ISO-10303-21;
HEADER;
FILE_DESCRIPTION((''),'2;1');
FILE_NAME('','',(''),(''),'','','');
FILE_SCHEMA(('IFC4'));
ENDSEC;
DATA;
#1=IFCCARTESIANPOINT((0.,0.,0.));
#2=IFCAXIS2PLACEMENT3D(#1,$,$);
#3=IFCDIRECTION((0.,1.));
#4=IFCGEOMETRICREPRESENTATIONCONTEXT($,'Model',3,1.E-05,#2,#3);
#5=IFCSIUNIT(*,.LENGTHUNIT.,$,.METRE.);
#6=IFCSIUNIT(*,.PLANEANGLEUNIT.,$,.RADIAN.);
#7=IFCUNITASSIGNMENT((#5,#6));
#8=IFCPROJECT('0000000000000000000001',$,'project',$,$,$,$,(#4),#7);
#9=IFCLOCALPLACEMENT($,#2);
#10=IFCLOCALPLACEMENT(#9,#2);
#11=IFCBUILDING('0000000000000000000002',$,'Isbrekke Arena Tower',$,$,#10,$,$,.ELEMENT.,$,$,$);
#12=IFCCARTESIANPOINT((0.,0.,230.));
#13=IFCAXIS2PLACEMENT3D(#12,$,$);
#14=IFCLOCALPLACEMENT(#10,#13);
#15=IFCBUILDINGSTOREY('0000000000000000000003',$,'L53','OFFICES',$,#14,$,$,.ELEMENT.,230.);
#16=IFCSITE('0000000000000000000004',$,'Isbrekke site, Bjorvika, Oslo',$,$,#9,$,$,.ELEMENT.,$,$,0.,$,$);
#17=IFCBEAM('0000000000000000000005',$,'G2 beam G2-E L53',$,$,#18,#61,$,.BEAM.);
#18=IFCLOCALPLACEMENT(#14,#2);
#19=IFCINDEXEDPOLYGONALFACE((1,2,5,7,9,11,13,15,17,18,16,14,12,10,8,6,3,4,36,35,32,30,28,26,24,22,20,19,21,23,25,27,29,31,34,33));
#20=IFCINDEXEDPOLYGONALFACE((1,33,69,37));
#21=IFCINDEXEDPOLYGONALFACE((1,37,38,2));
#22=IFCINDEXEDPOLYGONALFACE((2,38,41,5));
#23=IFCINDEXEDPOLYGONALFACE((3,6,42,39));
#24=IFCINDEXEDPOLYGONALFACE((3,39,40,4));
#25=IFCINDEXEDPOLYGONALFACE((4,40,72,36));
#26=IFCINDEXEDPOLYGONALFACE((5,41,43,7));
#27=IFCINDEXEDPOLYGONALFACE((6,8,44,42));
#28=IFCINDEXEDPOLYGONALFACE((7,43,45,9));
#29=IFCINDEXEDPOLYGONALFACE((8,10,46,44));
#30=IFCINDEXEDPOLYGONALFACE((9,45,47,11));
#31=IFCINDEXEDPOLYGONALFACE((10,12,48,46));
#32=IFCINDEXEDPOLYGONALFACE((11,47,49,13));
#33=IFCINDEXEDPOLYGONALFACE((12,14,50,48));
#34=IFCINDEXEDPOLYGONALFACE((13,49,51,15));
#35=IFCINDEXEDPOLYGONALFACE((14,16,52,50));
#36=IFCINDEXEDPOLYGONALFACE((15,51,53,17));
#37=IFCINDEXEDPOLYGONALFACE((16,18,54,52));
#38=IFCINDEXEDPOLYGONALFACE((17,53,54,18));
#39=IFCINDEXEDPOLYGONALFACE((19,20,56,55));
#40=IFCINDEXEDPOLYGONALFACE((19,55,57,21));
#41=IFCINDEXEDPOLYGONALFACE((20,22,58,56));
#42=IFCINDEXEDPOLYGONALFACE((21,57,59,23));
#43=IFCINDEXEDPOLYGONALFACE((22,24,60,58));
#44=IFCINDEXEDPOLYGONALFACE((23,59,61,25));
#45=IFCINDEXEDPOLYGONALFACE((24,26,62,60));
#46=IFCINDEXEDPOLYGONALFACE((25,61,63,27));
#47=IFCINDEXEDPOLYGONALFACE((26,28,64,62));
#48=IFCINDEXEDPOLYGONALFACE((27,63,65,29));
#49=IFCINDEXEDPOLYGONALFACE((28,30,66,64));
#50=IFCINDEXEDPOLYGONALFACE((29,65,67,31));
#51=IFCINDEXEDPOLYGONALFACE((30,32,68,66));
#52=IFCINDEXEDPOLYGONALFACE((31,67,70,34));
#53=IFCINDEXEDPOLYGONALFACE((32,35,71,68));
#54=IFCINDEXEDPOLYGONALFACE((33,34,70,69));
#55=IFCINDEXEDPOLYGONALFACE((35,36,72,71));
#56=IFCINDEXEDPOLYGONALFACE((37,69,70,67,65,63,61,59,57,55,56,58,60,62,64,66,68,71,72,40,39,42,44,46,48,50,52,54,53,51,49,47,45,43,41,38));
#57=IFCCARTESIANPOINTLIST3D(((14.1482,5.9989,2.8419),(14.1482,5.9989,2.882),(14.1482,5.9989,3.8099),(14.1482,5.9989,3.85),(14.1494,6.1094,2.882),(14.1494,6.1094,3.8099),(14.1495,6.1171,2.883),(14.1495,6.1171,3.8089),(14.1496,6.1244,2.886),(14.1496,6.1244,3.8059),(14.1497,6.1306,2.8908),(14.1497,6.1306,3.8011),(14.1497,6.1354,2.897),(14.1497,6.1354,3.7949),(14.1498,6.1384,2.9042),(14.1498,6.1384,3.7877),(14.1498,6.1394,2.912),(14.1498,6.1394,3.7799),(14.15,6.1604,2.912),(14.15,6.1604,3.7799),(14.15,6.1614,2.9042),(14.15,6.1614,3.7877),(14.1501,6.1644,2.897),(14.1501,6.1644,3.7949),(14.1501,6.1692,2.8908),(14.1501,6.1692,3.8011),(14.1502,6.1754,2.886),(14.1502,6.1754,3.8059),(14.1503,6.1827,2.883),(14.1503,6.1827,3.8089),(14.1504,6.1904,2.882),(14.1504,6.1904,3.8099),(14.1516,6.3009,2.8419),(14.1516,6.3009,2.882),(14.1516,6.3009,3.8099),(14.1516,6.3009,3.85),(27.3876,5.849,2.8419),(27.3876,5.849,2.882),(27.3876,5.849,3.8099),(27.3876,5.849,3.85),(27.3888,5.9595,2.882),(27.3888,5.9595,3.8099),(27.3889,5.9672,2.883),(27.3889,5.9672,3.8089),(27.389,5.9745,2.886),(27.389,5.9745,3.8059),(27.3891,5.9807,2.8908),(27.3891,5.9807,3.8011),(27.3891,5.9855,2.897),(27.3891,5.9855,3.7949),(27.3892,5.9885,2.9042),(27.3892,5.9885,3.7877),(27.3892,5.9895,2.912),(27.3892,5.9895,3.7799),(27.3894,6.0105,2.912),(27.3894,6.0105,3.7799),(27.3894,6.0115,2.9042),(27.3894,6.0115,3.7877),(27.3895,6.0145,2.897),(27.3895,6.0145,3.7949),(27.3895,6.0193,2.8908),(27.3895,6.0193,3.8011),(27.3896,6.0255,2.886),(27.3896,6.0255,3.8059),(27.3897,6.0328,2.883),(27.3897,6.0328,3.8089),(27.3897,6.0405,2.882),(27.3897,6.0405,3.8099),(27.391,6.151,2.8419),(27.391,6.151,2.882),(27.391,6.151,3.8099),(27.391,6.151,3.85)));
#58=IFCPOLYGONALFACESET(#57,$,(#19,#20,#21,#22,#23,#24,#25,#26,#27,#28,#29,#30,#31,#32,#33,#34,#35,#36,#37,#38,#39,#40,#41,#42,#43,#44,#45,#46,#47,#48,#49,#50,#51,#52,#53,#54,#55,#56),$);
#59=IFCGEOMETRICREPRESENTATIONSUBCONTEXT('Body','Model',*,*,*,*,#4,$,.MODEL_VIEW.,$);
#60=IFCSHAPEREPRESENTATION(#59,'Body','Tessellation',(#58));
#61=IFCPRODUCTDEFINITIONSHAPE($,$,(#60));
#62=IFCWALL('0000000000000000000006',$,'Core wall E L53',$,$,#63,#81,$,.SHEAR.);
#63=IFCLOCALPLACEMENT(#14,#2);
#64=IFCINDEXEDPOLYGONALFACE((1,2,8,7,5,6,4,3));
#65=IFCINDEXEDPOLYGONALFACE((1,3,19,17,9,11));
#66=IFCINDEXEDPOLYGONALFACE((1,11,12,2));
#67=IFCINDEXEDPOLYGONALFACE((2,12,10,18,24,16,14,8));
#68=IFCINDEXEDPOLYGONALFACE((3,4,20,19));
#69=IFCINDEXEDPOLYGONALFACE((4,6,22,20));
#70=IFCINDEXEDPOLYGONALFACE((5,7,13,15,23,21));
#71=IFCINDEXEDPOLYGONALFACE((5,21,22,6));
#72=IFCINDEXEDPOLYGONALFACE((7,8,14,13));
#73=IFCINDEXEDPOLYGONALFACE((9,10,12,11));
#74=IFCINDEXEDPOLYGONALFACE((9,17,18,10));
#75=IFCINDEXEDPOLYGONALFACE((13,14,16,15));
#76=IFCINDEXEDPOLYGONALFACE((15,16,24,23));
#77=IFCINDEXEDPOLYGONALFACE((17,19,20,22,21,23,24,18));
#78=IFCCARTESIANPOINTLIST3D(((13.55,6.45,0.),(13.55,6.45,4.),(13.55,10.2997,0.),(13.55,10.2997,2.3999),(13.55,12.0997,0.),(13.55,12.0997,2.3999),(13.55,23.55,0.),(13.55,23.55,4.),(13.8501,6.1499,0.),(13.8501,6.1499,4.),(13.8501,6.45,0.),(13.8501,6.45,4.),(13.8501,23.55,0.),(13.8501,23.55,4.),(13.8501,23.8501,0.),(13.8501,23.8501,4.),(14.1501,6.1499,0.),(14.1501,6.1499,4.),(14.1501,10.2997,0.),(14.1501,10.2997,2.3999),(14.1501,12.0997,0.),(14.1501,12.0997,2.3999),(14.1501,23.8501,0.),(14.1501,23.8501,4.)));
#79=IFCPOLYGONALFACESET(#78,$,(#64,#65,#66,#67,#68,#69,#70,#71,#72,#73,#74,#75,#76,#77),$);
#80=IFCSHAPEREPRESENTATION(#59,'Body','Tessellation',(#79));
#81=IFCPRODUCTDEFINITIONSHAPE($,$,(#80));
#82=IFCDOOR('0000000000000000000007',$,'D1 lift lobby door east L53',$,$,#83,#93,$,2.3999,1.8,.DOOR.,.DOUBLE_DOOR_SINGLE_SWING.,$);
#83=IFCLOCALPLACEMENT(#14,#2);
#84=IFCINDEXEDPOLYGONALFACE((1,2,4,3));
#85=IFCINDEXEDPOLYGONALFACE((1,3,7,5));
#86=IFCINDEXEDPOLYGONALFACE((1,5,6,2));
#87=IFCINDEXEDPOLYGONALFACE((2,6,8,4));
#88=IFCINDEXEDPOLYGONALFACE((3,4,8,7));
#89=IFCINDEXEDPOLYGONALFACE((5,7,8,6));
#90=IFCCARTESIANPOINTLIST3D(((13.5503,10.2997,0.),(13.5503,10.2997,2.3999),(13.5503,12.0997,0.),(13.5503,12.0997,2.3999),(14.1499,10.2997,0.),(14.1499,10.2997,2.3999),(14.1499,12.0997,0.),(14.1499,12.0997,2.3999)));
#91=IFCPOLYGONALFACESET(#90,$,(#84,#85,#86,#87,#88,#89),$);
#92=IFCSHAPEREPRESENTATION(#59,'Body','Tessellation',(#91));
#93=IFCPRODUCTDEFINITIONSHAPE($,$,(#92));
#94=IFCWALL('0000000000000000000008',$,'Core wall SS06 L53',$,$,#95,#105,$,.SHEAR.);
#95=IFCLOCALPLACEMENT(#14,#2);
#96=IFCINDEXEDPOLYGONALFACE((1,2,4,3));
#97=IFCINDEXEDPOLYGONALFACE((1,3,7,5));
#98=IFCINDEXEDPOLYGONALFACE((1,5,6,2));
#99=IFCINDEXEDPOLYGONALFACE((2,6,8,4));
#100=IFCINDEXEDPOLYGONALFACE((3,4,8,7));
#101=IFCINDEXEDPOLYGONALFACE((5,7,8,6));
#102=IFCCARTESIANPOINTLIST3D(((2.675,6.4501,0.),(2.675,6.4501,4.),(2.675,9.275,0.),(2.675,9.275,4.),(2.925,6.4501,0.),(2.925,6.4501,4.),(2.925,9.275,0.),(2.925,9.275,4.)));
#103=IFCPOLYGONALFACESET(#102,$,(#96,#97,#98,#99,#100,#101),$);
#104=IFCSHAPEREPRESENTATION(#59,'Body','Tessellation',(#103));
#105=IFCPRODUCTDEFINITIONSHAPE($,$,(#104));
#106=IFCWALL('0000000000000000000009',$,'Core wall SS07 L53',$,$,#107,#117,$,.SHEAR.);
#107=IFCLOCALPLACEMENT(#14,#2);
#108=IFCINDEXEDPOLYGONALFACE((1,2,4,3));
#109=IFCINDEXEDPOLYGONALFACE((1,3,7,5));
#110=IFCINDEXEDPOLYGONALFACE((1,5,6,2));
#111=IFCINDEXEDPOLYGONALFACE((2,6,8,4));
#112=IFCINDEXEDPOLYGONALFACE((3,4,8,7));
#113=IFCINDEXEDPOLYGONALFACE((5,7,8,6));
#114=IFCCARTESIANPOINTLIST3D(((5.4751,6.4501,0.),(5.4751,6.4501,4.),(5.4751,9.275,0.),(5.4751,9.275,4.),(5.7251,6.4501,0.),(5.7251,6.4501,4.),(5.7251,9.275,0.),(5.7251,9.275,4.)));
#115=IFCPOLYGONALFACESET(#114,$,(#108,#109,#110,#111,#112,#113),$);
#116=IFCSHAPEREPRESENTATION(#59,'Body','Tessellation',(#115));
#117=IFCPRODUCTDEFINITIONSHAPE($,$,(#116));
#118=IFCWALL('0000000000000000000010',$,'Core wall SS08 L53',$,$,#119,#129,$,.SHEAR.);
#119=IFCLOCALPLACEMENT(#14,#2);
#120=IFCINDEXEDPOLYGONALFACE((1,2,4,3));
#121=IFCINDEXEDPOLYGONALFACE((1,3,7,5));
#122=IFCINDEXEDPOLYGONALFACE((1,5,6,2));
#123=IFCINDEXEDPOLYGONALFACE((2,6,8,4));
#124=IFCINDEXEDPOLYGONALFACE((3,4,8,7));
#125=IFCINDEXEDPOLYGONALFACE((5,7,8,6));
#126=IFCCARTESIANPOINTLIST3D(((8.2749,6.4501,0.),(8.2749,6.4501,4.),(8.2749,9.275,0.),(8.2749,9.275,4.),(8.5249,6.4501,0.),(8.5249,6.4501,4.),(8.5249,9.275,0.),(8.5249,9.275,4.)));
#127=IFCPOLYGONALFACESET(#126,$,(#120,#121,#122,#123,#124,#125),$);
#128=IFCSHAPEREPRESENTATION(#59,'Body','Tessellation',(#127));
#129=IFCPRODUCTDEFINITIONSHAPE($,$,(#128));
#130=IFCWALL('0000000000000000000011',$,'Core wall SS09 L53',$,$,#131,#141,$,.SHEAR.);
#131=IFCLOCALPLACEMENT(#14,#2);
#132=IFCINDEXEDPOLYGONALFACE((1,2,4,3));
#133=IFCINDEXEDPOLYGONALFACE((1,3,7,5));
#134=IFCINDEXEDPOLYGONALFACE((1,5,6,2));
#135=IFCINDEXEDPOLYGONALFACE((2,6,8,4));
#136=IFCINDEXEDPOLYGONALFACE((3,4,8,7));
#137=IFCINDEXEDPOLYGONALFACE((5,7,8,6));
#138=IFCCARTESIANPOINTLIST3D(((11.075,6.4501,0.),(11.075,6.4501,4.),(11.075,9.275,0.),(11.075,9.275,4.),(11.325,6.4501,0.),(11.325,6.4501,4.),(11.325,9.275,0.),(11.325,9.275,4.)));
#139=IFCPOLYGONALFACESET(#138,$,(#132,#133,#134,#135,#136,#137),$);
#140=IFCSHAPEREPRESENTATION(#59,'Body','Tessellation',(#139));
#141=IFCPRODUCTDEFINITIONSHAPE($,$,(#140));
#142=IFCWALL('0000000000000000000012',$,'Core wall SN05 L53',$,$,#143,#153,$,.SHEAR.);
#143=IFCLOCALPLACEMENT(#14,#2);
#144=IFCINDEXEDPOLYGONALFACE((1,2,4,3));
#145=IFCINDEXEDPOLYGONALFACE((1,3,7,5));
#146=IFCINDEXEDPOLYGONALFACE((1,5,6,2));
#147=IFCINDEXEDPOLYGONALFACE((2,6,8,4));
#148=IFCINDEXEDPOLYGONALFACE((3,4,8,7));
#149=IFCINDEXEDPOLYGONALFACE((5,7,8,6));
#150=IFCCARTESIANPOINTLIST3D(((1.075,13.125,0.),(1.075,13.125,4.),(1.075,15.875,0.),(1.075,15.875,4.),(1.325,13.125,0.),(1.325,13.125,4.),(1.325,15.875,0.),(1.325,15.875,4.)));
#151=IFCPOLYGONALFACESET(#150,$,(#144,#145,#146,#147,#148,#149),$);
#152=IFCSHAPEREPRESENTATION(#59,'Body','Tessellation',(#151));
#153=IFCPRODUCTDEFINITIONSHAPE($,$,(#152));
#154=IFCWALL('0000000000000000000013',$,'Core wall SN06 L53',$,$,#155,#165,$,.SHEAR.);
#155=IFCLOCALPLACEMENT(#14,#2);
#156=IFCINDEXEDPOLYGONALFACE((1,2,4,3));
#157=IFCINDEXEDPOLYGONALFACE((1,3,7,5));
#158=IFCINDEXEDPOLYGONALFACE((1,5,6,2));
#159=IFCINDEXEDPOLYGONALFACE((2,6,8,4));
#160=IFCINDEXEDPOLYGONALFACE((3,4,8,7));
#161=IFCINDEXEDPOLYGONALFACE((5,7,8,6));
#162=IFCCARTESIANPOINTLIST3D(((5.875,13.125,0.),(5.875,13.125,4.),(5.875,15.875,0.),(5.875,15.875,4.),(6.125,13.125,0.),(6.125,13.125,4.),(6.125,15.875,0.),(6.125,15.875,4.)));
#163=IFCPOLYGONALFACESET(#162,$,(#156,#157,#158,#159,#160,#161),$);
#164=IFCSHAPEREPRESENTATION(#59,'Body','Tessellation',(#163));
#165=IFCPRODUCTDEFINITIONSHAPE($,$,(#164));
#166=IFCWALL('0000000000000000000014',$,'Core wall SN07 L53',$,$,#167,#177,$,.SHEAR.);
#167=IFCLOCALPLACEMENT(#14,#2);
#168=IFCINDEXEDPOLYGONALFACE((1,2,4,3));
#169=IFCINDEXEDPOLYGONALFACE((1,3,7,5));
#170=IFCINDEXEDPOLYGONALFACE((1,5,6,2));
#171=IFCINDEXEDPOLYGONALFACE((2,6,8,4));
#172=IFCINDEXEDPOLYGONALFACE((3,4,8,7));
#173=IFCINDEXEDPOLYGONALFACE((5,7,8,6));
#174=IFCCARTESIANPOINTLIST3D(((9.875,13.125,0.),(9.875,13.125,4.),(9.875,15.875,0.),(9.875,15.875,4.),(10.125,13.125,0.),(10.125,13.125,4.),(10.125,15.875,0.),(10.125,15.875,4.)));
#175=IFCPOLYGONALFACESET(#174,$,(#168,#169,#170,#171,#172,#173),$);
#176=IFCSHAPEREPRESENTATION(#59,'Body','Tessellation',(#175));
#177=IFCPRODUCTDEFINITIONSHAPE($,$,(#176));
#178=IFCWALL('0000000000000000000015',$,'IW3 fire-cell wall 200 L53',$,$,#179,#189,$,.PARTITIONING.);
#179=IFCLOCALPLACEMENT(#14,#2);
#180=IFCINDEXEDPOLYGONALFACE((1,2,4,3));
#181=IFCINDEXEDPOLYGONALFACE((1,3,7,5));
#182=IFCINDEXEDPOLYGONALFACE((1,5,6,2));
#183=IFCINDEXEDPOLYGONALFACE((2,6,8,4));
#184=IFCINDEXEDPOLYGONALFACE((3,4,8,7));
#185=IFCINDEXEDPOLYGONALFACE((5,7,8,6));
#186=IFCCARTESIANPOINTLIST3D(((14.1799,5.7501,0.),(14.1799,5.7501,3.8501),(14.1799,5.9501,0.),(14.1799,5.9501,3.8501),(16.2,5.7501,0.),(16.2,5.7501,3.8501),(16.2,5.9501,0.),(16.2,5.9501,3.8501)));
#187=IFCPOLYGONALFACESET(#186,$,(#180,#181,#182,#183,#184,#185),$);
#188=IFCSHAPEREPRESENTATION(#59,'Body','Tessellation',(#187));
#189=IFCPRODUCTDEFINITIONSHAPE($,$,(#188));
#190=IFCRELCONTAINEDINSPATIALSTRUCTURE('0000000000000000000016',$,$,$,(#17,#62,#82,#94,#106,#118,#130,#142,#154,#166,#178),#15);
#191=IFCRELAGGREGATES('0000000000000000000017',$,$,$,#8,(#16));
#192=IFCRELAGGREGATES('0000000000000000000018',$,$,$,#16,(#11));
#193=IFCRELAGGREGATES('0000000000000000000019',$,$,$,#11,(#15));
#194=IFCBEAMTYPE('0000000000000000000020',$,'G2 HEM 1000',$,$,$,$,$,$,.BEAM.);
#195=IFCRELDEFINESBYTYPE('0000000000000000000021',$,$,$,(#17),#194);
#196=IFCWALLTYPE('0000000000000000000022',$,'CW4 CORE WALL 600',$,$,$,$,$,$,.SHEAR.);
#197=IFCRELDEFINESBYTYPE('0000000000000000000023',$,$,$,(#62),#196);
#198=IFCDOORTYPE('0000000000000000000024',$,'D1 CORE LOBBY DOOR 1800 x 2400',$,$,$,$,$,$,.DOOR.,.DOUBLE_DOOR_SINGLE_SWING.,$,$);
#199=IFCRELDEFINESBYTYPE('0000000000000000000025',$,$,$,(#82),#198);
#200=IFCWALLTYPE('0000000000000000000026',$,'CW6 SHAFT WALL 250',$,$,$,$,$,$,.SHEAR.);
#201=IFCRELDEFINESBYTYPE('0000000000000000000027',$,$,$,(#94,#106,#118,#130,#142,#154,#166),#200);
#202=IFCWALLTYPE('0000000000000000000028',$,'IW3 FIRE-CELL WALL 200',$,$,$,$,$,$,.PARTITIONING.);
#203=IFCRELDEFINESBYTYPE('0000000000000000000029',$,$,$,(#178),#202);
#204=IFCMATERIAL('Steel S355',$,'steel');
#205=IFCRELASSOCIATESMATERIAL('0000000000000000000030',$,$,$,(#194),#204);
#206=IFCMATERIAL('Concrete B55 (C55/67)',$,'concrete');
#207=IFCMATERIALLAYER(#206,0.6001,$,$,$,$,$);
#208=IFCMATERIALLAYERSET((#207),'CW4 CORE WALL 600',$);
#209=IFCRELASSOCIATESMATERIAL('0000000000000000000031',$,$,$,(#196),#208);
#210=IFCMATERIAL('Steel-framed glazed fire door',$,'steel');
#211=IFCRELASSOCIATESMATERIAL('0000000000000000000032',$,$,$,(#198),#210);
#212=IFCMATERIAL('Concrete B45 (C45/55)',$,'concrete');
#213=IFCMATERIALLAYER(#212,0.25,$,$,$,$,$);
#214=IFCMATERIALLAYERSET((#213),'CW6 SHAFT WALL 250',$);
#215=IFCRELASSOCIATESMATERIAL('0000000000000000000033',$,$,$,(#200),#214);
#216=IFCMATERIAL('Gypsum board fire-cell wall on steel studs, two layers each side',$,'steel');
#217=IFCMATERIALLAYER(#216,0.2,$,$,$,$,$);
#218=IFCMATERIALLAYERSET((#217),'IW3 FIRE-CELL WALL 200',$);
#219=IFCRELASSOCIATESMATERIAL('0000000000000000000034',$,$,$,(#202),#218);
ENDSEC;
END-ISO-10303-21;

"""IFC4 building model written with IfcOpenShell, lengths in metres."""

from ifc_helpers import new_model, si_unit, direction, frame, frame_2d, origin, origin_2d, place, context, subcontext, project, spatial, polyline, rectangle, i_section, outline, extrude, material, layer, layer_set, material_profile, profile_set, type_object, element, fill, save


model = new_model("IFC4")

# Units and contexts
model_context = context("Model", 3, precision=1e-05, world=origin(), true_north=direction((0.0, 1.0)))
body_context = subcontext(model_context, "Body", "Model", "MODEL_VIEW")
ifc_project = project(units=[si_unit("LENGTHUNIT", "METRE"), si_unit("PLANEANGLEUNIT", "RADIAN")], contexts=[model_context])

# Site, building, storey
site_placement = place(None, origin())
site = spatial("IfcSite", under=ifc_project, at=site_placement, Name="Isbrekke site, Bjorvika, Oslo", CompositionType="ELEMENT", RefElevation=0.0)
building_placement = place(site_placement, origin())
building = spatial("IfcBuilding", under=site, at=building_placement, Name="Isbrekke Arena Tower", CompositionType="ELEMENT")
storey_placement = place(building_placement, frame((0.0, 0.0, 230.0)))
storey = spatial("IfcBuildingStorey", under=building, at=storey_placement, Name="L53", Description="OFFICES", CompositionType="ELEMENT", Elevation=230.0)

# Beam
ifc_material_1 = material(Name="Steel S355", Category="steel")
ifc_material_profile = material_profile(ifc_material_1, i_section(OverallWidth=0.302, OverallDepth=1.0081, WebThickness=0.021, FlangeThickness=0.04, FilletRadius=0.03, at=origin_2d()), Name="HEM 1000")
ifc_profile_set = profile_set([ifc_material_profile], Name="Steel S355")
beam_type = type_object("IfcBeamType", Name="G2 HEM 1000", PredefinedType="BEAM", material=ifc_profile_set)
beam_placement = place(storey_placement, frame((14.1499, 6.1499, 3.3459), z_axis=(0.999936, -0.011322, 0.0), x_axis=(0.011322, 0.999936, 0.0)))
element("IfcBeam", 1, at=beam_placement, inside=storey, type_object=beam_type, Name="G2 beam G2-E L53", PredefinedType="BEAM", context=body_context, shape_type="SweptSolid", body=[
    extrude(i_section(OverallWidth=0.302, OverallDepth=1.0081, WebThickness=0.021, FlangeThickness=0.04, FilletRadius=0.03, at=origin_2d()), origin(), (0.0, 0.0, 1.0), 13.2402),
])

# Wall, opening, door
ifc_material_2 = material(Name="Concrete B55 (C55/67)", Category="concrete")
ifc_layer_1 = layer(ifc_material_2, 0.6001)
ifc_layer_set_1 = layer_set([ifc_layer_1], Name="CW4 CORE WALL 600")
wall_type_1 = type_object("IfcWallType", Name="CW4 CORE WALL 600", PredefinedType="SHEAR", material=ifc_layer_set_1)
wall_1_placement = place(storey_placement, frame((13.8501, 6.1499, 0.0), z_axis=(0.0, 0.0, 1.0), x_axis=(0.0, 1.0, 0.0)))
wall_1 = element("IfcWall", 2, at=wall_1_placement, inside=storey, type_object=wall_type_1, Name="Core wall E L53", PredefinedType="SHEAR", context=body_context, shape_type="SweptSolid", body=[
    extrude(outline(polyline([(0.0, -0.3), (17.7002, -0.3), (17.7002, 0.0), (17.4001, 0.0), (17.4001, 0.3), (0.3, 0.3), (0.3, 0.0), (0.0, 0.0), (0.0, -0.3)])), origin(), (0.0, 0.0, 1.0), 4.0),
])
opening_1_placement = place(wall_1_placement, frame((4.1499, 0.0, 0.0)))
opening_1 = element("IfcOpeningElement", 3, at=opening_1_placement, cuts=wall_1, PredefinedType="OPENING", context=body_context, shape_type="SweptSolid", body=[
    extrude(rectangle(XDim=1.8, YDim=2.3999, at=frame_2d((0.8999, 1.2))), frame((0.0, 0.3149, 0.0), z_axis=(0.0, -1.0, 0.0), x_axis=(1.0, 0.0, 0.0)), (0.0, 0.0, 1.0), 0.6299),
])
ifc_material_3 = material(Name="Steel-framed glazed fire door", Category="steel")
door_type_1 = type_object("IfcDoorType", Name="D1 CORE LOBBY DOOR 1800 x 2400", OperationType="DOUBLE_DOOR_SINGLE_SWING", PredefinedType="DOOR", material=ifc_material_3)
door_1_placement = place(opening_1_placement, origin())
door_1 = element("IfcDoor", 4, at=door_1_placement, inside=storey, type_object=door_type_1, Name="D1 lift lobby door east L53", OperationType="DOUBLE_DOOR_SINGLE_SWING", OverallHeight=2.3999, OverallWidth=1.8, PredefinedType="DOOR", context=body_context, shape_type="SweptSolid", body=[
    extrude(rectangle(XDim=1.8, YDim=2.3999, at=frame_2d((0.8999, 1.2))), frame((0.0, 0.2998, 0.0), z_axis=(0.0, -1.0, 0.0), x_axis=(1.0, 0.0, 0.0)), (0.0, 0.0, 1.0), 0.5996),
])
fill(opening_1, door_1)

# Walls
ifc_material_4 = material(Name="Concrete B45 (C45/55)", Category="concrete")
ifc_layer_2 = layer(ifc_material_4, 0.25)
ifc_layer_set_2 = layer_set([ifc_layer_2], Name="CW6 SHAFT WALL 250")
wall_type_2 = type_object("IfcWallType", Name="CW6 SHAFT WALL 250", PredefinedType="SHEAR", material=ifc_layer_set_2)
for number, where, z_axis, x_axis, name in (
    (5, (2.8, 6.45, 0.0), (0.0, 0.0, 1.0), (0.0, 1.0, 0.0), "Core wall SS06 L53"),
    (6, (5.6001, 6.45, 0.0), (0.0, 0.0, 1.0), (0.0, 1.0, 0.0), "Core wall SS07 L53"),
    (7, (8.3999, 6.45, 0.0), (0.0, 0.0, 1.0), (0.0, 1.0, 0.0), "Core wall SS08 L53"),
    (8, (11.2, 6.45, 0.0), (0.0, 0.0, 1.0), (0.0, 1.0, 0.0), "Core wall SS09 L53"),
):
    element("IfcWall", number, at=place(storey_placement, frame(where, z_axis=z_axis, x_axis=x_axis)), inside=storey, type_object=wall_type_2, Name=name, PredefinedType="SHEAR", context=body_context, shape_type="SweptSolid", body=[
        extrude(rectangle(XDim=2.825, YDim=0.25, at=frame_2d((1.4126, 0.0))), origin(), (0.0, 0.0, 1.0), 4.0),
    ])
for number, where, z_axis, x_axis, name in (
    (9, (1.2, 13.125, 0.0), (0.0, 0.0, 1.0), (0.0, 1.0, 0.0), "Core wall SN05 L53"),
    (10, (6.0, 13.125, 0.0), (0.0, 0.0, 1.0), (0.0, 1.0, 0.0), "Core wall SN06 L53"),
    (11, (10.0, 13.125, 0.0), (0.0, 0.0, 1.0), (0.0, 1.0, 0.0), "Core wall SN07 L53"),
):
    element("IfcWall", number, at=place(storey_placement, frame(where, z_axis=z_axis, x_axis=x_axis)), inside=storey, type_object=wall_type_2, Name=name, PredefinedType="SHEAR", context=body_context, shape_type="SweptSolid", body=[
        extrude(rectangle(XDim=2.75, YDim=0.25, at=frame_2d((1.375, 0.0))), origin(), (0.0, 0.0, 1.0), 4.0),
    ])
ifc_material_5 = material(Name="Gypsum board fire-cell wall on steel studs, two layers each side", Category="steel")
ifc_layer_3 = layer(ifc_material_5, 0.2)
ifc_layer_set_3 = layer_set([ifc_layer_3], Name="IW3 FIRE-CELL WALL 200")
wall_type_3 = type_object("IfcWallType", Name="IW3 FIRE-CELL WALL 200", PredefinedType="PARTITIONING", material=ifc_layer_set_3)
wall_2_placement = place(storey_placement, frame((14.1799, 5.8501, 0.0), z_axis=(0.0, 0.0, 1.0), x_axis=(1.0, 0.0, 0.0)))
element("IfcWall", 12, at=wall_2_placement, inside=storey, type_object=wall_type_3, Name="IW3 fire-cell wall 200 L53", PredefinedType="PARTITIONING", context=body_context, shape_type="SweptSolid", body=[
    extrude(rectangle(XDim=2.02, YDim=0.2, at=frame_2d((1.01, 0.0))), origin(), (0.0, 0.0, 1.0), 3.8501),
])

save(model, "model.ifc")
